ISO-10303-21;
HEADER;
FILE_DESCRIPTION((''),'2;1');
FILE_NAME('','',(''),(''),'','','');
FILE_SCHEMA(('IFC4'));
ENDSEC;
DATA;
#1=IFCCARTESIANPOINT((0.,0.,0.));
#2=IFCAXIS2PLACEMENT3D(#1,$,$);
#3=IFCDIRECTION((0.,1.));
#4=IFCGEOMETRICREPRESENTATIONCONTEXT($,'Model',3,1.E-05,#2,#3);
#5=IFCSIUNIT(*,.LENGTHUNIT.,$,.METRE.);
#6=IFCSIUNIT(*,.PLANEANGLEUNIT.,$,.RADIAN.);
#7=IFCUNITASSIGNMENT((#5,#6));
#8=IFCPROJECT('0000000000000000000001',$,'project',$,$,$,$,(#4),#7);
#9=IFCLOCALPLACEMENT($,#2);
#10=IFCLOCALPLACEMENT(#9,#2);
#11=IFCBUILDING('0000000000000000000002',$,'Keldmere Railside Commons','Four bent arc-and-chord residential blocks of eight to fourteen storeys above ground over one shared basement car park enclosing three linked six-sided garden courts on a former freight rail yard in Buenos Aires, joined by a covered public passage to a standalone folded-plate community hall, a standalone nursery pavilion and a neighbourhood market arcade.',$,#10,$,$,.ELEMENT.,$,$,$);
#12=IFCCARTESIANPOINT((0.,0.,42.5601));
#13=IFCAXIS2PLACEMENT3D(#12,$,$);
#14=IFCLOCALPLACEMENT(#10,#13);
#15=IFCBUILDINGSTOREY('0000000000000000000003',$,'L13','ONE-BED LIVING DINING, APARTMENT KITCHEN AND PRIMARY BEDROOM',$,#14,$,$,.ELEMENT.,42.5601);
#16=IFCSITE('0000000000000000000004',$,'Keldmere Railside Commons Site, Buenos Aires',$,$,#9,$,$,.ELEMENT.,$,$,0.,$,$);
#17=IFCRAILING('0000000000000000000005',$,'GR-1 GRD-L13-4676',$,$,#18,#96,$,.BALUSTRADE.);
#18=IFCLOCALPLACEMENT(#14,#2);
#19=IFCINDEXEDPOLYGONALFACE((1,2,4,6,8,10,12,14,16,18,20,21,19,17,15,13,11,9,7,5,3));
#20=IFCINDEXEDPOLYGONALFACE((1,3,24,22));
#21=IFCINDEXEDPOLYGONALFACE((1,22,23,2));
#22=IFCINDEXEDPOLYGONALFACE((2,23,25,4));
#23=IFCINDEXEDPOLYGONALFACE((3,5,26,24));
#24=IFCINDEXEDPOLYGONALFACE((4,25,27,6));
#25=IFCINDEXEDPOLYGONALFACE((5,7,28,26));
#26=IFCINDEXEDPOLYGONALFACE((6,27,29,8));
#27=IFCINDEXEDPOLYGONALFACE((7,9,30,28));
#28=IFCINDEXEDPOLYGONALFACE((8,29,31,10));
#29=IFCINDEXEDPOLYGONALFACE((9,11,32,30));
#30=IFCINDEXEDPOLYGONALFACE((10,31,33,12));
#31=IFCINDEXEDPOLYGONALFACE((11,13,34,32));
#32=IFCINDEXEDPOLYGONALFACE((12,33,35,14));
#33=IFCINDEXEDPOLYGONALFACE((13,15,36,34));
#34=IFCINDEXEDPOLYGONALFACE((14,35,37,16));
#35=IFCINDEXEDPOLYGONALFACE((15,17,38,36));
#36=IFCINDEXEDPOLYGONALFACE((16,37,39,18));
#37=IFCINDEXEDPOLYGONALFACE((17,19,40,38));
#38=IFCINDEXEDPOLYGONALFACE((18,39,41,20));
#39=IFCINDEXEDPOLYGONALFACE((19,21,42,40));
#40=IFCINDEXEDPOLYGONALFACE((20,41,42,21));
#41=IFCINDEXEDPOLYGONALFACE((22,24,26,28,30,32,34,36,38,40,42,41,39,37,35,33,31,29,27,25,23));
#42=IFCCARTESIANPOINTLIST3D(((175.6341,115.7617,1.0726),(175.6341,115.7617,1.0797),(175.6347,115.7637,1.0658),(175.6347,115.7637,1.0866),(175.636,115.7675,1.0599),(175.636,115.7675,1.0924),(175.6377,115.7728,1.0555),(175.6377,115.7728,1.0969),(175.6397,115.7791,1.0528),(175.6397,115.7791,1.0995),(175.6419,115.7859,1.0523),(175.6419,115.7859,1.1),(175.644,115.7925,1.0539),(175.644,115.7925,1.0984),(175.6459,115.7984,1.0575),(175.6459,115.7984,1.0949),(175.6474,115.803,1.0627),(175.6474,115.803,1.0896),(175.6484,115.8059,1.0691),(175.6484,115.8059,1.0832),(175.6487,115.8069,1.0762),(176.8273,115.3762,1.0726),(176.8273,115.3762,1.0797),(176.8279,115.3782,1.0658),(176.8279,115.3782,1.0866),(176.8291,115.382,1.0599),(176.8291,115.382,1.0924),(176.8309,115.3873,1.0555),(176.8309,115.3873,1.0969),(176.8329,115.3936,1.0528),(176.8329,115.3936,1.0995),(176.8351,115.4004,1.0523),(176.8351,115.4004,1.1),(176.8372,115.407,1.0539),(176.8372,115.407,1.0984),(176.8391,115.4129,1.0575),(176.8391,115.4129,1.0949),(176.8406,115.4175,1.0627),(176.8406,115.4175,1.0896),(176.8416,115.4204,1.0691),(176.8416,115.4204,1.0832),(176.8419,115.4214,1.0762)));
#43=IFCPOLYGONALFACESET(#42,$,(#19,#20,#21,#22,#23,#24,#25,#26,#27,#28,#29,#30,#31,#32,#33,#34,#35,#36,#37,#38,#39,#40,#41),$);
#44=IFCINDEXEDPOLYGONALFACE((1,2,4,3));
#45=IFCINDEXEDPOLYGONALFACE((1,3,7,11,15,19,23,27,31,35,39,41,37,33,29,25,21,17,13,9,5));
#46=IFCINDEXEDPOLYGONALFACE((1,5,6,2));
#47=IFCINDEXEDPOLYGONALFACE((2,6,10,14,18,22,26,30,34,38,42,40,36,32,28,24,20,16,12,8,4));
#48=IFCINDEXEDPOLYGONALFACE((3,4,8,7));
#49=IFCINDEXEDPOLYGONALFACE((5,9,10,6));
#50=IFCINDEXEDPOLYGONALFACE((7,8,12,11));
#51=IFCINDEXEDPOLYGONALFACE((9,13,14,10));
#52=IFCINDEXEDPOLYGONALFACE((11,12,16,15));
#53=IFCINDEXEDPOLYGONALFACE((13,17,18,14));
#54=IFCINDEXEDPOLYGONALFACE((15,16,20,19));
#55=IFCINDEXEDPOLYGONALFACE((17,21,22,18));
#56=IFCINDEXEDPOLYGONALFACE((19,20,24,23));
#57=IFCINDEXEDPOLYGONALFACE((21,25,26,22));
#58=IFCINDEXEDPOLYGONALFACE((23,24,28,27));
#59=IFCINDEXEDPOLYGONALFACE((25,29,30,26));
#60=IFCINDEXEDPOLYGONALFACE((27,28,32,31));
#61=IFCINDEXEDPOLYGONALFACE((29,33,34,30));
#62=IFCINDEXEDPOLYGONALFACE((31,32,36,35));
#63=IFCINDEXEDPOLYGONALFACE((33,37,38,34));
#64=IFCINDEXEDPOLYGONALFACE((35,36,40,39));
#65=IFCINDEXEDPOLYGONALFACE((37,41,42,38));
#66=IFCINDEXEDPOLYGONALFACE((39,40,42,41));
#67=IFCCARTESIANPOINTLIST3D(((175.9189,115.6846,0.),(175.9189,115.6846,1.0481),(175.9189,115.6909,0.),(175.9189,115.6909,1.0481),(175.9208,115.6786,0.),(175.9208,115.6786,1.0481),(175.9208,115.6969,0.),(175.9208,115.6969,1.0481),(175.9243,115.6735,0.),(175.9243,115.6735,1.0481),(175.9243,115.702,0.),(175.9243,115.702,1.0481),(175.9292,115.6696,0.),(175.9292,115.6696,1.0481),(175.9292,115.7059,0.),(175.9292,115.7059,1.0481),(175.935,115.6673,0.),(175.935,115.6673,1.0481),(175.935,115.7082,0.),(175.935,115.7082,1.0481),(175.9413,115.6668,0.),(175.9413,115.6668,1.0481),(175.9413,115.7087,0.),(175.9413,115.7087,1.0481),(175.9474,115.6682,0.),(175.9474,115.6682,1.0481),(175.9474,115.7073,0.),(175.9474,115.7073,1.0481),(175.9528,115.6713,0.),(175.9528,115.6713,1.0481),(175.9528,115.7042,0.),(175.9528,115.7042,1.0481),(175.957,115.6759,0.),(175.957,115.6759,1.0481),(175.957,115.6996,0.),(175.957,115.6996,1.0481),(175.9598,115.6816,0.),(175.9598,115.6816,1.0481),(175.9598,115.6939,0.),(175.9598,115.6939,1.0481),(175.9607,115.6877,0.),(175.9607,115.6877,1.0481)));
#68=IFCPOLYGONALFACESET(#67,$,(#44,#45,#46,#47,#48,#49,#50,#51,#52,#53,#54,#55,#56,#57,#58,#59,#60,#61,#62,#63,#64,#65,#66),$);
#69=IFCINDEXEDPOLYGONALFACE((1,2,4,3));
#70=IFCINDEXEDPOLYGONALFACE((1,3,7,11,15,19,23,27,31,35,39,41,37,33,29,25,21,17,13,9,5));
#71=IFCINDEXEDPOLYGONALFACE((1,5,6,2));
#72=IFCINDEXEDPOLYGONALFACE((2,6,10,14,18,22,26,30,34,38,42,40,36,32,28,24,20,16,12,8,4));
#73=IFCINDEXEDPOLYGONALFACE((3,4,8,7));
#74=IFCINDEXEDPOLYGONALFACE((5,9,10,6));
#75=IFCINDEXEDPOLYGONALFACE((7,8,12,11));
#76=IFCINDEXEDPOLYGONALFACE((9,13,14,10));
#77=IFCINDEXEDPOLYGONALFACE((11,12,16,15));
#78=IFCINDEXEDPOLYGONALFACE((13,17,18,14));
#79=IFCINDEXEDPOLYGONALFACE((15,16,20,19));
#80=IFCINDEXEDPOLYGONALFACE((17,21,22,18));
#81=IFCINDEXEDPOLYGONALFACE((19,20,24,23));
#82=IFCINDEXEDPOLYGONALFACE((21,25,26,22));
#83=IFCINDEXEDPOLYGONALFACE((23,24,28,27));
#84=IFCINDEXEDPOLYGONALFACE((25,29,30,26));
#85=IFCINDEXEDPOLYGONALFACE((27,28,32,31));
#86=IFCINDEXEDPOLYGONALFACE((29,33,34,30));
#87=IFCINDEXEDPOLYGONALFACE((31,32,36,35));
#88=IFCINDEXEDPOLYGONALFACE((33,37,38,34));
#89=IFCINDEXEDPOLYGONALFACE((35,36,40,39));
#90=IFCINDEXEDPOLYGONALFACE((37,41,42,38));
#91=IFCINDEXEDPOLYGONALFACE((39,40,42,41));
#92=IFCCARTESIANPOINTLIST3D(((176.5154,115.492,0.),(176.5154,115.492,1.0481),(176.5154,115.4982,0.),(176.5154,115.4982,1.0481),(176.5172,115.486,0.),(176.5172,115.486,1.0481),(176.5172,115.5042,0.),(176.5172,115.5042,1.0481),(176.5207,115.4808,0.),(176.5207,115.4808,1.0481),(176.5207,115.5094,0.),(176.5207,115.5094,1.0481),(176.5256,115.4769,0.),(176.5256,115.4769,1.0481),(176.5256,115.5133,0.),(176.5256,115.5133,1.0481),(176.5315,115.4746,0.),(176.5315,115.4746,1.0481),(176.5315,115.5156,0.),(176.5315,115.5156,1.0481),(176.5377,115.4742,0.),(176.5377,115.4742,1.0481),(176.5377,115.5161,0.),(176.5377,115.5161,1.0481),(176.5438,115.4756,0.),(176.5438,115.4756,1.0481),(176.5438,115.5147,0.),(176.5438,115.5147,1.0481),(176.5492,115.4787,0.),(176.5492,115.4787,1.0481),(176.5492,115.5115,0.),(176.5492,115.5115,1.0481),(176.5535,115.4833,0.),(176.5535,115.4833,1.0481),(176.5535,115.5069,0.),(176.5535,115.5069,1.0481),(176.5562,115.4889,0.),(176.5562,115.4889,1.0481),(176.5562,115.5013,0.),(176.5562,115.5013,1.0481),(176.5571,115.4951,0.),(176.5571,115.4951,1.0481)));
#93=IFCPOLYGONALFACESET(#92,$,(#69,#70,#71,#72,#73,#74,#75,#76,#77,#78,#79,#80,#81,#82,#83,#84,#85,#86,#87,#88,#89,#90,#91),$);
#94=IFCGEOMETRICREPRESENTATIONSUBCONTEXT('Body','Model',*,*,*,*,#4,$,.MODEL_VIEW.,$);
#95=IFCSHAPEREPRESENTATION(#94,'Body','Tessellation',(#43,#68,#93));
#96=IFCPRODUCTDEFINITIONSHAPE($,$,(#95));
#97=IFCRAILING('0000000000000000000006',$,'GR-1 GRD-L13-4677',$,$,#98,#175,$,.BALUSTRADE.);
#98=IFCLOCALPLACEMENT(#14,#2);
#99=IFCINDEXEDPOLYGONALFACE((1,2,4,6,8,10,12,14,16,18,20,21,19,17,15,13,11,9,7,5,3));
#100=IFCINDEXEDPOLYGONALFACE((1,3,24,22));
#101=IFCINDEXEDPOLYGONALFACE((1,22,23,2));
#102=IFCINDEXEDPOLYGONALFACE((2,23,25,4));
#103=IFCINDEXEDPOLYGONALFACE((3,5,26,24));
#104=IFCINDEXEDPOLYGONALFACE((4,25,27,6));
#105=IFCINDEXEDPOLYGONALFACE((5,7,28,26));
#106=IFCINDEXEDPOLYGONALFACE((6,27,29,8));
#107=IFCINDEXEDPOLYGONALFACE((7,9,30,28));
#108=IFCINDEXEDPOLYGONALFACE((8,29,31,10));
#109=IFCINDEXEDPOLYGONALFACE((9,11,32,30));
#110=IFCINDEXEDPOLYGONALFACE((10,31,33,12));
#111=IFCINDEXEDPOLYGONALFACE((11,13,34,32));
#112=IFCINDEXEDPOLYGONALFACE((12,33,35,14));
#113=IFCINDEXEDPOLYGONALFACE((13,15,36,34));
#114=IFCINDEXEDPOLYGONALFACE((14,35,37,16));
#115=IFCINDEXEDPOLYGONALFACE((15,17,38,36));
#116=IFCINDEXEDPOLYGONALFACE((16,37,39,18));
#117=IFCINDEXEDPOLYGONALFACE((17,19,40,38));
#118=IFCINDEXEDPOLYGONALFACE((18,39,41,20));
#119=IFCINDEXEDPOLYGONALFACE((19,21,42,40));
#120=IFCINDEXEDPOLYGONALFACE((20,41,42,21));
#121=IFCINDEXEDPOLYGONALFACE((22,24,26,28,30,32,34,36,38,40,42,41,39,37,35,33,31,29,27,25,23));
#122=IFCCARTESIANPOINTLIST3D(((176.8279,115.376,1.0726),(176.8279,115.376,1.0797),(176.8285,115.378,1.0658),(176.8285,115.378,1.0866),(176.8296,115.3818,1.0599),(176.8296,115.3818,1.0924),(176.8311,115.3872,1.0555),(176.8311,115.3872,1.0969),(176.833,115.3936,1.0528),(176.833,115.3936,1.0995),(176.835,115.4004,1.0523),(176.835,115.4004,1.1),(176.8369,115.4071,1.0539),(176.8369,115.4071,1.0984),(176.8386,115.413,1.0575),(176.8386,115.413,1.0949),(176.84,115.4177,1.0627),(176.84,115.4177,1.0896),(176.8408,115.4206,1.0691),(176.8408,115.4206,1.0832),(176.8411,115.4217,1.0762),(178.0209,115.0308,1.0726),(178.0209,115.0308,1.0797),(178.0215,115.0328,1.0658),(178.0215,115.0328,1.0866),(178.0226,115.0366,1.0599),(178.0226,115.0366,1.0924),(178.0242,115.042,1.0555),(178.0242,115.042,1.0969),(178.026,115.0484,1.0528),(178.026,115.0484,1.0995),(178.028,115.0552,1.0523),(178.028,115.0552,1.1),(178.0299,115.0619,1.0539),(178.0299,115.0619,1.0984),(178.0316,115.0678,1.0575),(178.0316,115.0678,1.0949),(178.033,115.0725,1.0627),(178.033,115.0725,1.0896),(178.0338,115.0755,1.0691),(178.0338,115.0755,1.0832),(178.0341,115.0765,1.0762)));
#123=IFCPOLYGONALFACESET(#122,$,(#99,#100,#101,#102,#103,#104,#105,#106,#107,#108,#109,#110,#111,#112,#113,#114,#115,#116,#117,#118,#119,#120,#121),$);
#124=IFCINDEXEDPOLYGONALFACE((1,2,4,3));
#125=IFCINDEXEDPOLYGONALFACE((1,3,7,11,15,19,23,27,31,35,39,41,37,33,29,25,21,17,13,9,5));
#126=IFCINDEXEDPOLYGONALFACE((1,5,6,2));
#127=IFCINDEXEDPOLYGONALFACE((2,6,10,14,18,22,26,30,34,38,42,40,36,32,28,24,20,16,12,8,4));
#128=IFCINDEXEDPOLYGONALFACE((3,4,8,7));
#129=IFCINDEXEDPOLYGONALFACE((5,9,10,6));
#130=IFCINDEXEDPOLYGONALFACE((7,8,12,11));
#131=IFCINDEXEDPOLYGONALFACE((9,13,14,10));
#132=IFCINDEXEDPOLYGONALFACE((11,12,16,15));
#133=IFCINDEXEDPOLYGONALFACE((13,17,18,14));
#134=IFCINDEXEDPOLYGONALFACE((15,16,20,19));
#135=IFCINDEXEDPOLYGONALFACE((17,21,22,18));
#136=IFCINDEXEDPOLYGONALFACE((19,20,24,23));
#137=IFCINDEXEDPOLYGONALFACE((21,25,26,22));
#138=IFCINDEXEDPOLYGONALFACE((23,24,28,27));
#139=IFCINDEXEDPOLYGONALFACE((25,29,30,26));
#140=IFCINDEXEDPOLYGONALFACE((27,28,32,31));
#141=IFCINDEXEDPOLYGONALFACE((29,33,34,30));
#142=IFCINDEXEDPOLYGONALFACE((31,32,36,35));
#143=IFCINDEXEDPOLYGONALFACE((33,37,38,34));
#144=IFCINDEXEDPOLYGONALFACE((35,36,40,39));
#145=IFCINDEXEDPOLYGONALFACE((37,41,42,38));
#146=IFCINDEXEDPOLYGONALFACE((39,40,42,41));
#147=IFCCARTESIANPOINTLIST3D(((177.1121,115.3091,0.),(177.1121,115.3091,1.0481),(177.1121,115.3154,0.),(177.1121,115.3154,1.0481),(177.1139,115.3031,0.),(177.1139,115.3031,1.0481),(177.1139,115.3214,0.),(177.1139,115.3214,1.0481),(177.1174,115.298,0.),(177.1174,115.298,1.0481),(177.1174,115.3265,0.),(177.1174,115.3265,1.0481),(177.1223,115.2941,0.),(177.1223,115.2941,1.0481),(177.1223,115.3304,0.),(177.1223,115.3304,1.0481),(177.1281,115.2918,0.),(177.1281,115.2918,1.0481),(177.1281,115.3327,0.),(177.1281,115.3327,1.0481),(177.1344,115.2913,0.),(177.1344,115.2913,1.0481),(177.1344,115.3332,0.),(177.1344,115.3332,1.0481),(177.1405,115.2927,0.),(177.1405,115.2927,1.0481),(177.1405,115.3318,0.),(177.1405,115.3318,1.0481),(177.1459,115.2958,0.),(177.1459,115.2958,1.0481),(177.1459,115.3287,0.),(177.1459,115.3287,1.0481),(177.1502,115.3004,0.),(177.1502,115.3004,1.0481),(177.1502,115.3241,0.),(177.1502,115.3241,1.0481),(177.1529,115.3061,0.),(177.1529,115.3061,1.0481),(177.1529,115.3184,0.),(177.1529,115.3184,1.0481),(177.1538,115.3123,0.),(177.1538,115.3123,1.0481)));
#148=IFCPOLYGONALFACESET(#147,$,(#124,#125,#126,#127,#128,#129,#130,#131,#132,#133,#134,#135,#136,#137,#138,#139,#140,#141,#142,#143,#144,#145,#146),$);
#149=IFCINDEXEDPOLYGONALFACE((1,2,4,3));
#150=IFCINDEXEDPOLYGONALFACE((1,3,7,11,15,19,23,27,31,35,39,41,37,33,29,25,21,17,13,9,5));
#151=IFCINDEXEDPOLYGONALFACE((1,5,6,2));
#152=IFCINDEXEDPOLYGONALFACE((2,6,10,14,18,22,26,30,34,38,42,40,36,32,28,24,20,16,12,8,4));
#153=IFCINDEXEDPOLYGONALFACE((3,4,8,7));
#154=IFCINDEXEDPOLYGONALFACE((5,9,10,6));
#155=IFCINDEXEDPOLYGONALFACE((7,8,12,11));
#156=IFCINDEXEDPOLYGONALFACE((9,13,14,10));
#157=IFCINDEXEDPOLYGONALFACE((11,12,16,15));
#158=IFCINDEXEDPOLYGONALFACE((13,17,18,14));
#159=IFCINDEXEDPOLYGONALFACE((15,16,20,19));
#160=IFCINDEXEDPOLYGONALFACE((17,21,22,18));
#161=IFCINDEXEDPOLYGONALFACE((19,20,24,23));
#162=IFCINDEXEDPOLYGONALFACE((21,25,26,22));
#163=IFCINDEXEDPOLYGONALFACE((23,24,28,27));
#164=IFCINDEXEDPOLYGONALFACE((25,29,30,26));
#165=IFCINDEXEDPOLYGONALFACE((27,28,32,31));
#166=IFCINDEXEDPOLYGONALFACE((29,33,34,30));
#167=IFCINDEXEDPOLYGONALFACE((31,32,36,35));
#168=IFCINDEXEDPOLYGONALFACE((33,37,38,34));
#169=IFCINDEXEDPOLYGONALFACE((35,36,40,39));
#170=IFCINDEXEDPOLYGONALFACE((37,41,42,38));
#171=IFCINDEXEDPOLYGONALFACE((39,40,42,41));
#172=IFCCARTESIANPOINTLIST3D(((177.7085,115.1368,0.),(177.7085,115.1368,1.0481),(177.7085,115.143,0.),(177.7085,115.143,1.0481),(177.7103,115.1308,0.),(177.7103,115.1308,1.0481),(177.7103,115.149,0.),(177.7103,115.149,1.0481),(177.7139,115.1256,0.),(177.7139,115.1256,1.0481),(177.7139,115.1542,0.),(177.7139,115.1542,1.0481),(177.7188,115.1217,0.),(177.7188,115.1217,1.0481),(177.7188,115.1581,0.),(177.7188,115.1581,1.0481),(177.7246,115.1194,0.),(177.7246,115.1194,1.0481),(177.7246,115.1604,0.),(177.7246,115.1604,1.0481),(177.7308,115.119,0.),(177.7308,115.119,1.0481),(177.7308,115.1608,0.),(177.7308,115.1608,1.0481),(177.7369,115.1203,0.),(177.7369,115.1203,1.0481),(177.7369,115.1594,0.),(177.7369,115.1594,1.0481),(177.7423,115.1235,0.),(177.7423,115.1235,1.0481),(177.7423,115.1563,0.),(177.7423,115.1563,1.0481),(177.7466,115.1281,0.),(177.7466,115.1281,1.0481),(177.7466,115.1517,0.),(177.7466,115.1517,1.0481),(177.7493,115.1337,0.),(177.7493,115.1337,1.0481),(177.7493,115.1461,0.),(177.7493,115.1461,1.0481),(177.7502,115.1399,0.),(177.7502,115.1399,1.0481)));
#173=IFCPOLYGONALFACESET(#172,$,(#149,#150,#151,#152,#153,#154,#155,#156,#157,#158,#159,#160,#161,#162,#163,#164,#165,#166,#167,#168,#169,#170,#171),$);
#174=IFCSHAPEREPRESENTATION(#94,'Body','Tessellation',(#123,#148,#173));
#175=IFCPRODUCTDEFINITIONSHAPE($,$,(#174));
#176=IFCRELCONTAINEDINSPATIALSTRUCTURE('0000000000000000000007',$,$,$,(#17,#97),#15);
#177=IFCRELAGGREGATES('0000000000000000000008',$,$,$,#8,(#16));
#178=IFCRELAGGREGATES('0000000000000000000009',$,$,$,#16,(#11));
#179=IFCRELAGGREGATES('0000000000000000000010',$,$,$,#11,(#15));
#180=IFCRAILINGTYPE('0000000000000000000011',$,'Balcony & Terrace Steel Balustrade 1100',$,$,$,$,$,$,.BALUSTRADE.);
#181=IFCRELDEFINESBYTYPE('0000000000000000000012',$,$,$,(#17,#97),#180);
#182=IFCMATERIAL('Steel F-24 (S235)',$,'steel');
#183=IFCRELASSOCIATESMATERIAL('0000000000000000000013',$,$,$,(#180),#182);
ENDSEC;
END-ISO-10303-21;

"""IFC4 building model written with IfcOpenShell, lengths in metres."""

from ifc_helpers import new_model, si_unit, direction, frame, origin, origin_2d, place, context, subcontext, project, spatial, circle, extrude, material, type_object, element, save


model = new_model("IFC4")

# Units and contexts
model_context = context("Model", 3, precision=1e-05, world=origin(), true_north=direction((0.0, 1.0)))
body_context = subcontext(model_context, "Body", "Model", "MODEL_VIEW")
ifc_project = project(units=[si_unit("LENGTHUNIT", "METRE"), si_unit("PLANEANGLEUNIT", "RADIAN")], contexts=[model_context])

# Site, building, storey
site_placement = place(None, origin())
site = spatial("IfcSite", under=ifc_project, at=site_placement, Name="Keldmere Railside Commons Site, Buenos Aires", CompositionType="ELEMENT", RefElevation=0.0)
building_placement = place(site_placement, origin())
building = spatial("IfcBuilding", under=site, at=building_placement, Name="Keldmere Railside Commons", Description="Four bent arc-and-chord residential blocks of eight to fourteen storeys above ground over one shared basement car park enclosing three linked six-sided garden courts on a former freight rail yard in Buenos Aires, joined by a covered public passage to a standalone folded-plate community hall, a standalone nursery pavilion and a neighbourhood market arcade.", CompositionType="ELEMENT")
storey_placement = place(building_placement, frame((0.0, 0.0, 42.5601)))
storey = spatial("IfcBuildingStorey", under=building, at=storey_placement, Name="L13", Description="ONE-BED LIVING DINING, APARTMENT KITCHEN AND PRIMARY BEDROOM", CompositionType="ELEMENT", Elevation=42.5601)

# Railings
ifc_material_1 = material(Name="Steel F-24 (S235)", Category="steel")
railing_type = type_object("IfcRailingType", Name="Balcony & Terrace Steel Balustrade 1100", PredefinedType="BALUSTRADE", material=ifc_material_1)
railing_1_placement = place(storey_placement, frame((175.6414, 115.7842, 0.0)))
element("IfcRailing", 1, at=railing_1_placement, inside=storey, type_object=railing_type, Name="GR-1 GRD-L13-4676", PredefinedType="BALUSTRADE", context=body_context, shape_type="SweptSolid", body=[
    extrude(circle(Radius=0.0239, at=origin_2d()), frame((0.0, 0.0, 1.0762), z_axis=(0.951564, -0.307452, 0.0), x_axis=(0.307452, 0.951564, 0.0)), (0.0, 0.0, 1.0), 1.2539),
    extrude(circle(Radius=0.021, at=origin_2d()), frame((0.2983, -0.0964, 0.0)), (0.0, 0.0, 1.0), 1.0481),
    extrude(circle(Radius=0.021, at=origin_2d()), frame((0.8948, -0.2891, 0.0)), (0.0, 0.0, 1.0), 1.0481),
])
railing_2_placement = place(storey_placement, frame((176.8345, 115.3987, 0.0)))
element("IfcRailing", 2, at=railing_2_placement, inside=storey, type_object=railing_type, Name="GR-1 GRD-L13-4677", PredefinedType="BALUSTRADE", context=body_context, shape_type="SweptSolid", body=[
    extrude(circle(Radius=0.0239, at=origin_2d()), frame((0.0, 0.0, 1.0762), z_axis=(0.960599, -0.277939, 0.0), x_axis=(0.277939, 0.960599, 0.0)), (0.0, 0.0, 1.0), 1.2419),
    extrude(circle(Radius=0.021, at=origin_2d()), frame((0.2983, -0.0864, 0.0)), (0.0, 0.0, 1.0), 1.0481),
    extrude(circle(Radius=0.021, at=origin_2d()), frame((0.8948, -0.2588, 0.0)), (0.0, 0.0, 1.0), 1.0481),
])

save(model, "model.ifc")
